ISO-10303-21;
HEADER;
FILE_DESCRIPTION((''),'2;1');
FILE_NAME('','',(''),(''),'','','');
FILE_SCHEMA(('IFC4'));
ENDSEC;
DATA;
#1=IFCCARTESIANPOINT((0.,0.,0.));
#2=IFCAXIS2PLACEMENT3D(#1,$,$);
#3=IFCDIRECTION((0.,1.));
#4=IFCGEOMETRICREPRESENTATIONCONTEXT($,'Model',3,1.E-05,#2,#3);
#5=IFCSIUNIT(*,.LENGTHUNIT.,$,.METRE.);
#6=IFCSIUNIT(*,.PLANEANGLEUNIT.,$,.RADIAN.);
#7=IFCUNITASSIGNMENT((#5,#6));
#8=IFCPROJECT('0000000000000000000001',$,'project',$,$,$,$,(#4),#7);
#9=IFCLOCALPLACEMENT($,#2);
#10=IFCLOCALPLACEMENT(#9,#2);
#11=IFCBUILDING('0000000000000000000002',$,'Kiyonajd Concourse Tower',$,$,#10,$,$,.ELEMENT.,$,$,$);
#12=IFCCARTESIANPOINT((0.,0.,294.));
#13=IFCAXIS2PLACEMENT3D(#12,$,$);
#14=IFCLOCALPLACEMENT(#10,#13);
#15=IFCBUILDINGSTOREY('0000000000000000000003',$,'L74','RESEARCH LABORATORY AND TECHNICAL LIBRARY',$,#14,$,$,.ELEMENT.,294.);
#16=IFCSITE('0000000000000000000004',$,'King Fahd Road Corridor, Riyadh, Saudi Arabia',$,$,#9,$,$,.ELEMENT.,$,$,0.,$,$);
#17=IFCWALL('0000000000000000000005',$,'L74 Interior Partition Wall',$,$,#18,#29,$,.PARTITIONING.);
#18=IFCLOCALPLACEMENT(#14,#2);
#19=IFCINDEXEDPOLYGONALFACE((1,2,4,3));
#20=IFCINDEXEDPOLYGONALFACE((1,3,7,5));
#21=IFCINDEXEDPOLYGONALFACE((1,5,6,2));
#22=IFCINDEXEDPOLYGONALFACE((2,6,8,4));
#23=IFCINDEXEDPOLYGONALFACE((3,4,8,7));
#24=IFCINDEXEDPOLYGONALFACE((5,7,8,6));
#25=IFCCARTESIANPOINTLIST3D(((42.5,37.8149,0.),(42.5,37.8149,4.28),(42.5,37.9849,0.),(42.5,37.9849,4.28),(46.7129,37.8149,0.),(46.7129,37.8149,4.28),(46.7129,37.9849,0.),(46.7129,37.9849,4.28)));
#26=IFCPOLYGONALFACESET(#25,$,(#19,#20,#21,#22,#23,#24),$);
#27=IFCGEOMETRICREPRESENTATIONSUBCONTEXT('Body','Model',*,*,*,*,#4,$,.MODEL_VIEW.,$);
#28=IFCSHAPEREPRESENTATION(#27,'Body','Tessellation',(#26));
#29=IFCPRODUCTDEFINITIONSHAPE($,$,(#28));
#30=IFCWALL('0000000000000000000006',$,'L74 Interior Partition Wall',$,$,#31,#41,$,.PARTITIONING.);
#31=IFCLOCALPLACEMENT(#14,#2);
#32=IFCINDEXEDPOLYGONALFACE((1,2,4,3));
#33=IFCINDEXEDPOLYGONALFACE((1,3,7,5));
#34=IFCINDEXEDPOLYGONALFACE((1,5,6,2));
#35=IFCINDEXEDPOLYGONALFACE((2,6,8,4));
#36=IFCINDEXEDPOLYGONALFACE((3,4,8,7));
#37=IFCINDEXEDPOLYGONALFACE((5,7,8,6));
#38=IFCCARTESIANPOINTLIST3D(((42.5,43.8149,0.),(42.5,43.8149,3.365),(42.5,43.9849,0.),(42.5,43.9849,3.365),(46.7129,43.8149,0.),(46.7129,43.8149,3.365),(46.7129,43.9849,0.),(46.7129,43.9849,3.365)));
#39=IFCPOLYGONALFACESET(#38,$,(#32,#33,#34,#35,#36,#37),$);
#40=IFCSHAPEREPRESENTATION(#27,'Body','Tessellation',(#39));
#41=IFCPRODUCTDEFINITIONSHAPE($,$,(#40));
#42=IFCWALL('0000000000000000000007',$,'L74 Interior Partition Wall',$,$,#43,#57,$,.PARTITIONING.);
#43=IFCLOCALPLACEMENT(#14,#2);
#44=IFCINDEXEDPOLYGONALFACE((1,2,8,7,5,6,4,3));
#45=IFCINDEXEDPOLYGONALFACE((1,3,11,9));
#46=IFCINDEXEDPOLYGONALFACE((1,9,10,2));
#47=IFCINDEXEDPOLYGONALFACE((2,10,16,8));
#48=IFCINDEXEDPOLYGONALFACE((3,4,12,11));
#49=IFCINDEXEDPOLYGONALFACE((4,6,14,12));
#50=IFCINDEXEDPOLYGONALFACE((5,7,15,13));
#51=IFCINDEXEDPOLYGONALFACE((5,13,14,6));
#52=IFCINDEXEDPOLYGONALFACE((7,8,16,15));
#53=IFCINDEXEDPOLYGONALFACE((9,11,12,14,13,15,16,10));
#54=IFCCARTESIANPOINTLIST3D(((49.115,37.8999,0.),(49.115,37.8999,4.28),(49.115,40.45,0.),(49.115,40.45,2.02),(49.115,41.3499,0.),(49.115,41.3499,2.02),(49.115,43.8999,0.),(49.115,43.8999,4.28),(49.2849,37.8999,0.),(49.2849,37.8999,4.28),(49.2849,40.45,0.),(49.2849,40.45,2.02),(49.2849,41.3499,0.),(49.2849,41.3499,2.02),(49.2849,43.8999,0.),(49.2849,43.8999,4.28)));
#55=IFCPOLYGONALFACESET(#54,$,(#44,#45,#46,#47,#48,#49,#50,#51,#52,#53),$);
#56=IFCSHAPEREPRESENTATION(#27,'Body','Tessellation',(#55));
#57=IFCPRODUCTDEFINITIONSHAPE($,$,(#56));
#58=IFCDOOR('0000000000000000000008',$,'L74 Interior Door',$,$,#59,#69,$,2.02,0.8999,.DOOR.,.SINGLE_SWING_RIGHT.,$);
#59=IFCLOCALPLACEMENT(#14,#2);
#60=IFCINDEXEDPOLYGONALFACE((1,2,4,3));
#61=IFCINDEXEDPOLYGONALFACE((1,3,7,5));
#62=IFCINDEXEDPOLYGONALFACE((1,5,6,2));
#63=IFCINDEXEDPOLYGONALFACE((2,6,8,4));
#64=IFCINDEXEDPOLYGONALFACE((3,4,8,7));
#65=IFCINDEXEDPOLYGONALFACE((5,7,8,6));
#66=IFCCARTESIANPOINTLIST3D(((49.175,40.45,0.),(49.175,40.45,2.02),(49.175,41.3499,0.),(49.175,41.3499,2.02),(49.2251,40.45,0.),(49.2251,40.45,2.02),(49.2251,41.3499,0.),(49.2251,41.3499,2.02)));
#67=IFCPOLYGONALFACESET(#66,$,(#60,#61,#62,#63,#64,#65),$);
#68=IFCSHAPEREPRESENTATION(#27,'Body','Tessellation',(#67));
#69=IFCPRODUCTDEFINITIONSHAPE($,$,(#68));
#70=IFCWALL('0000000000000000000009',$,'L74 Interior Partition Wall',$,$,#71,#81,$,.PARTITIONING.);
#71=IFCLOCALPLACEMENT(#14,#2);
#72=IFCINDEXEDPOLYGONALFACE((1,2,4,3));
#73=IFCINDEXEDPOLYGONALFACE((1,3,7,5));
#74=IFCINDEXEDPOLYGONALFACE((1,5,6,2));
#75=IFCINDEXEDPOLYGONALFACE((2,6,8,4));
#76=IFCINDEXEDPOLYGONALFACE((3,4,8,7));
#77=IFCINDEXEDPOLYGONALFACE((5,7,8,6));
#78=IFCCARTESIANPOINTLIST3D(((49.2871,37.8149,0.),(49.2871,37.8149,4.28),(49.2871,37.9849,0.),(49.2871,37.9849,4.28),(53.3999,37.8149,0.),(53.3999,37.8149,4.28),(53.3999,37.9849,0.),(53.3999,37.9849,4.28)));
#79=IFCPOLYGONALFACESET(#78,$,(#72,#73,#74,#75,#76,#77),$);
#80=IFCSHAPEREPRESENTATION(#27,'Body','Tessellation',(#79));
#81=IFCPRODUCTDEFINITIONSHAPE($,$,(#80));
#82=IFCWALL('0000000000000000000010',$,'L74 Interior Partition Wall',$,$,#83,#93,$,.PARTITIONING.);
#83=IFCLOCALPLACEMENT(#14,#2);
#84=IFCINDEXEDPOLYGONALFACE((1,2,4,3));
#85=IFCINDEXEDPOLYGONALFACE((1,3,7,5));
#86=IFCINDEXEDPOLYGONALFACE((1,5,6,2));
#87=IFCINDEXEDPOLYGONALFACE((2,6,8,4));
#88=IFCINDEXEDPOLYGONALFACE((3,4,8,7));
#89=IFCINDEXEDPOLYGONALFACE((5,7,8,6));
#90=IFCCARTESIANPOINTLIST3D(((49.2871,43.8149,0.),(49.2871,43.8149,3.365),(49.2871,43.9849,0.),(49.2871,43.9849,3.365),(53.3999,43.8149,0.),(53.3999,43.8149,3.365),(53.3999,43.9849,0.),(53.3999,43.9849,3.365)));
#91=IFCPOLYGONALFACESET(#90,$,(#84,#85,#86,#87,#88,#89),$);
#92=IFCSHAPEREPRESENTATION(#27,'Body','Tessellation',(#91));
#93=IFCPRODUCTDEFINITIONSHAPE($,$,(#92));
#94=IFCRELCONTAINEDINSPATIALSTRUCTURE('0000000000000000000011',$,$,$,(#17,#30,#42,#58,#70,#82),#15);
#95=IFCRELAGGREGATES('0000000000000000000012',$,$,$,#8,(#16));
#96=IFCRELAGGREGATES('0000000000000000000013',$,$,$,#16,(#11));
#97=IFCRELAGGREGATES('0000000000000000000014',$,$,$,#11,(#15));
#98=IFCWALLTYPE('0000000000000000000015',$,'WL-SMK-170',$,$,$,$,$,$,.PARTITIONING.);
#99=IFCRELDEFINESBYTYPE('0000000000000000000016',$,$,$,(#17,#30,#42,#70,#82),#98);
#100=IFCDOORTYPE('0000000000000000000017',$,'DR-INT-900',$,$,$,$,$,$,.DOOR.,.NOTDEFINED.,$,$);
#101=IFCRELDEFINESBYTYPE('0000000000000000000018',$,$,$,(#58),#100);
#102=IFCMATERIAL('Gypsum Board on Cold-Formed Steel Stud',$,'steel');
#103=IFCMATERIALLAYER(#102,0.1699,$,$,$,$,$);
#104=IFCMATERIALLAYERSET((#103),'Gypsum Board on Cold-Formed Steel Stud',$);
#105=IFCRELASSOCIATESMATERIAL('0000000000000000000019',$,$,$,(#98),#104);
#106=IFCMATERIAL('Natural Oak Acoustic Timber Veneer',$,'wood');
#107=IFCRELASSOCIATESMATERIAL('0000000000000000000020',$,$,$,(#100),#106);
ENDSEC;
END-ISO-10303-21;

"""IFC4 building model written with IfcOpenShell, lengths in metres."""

from ifc_helpers import new_model, si_unit, direction, frame, frame_2d, origin, place, context, subcontext, project, spatial, rectangle, extrude, material, layer, layer_set, type_object, element, fill, save


model = new_model("IFC4")

# Units and contexts
model_context = context("Model", 3, precision=1e-05, world=origin(), true_north=direction((0.0, 1.0)))
body_context = subcontext(model_context, "Body", "Model", "MODEL_VIEW")
ifc_project = project(units=[si_unit("LENGTHUNIT", "METRE"), si_unit("PLANEANGLEUNIT", "RADIAN")], contexts=[model_context])

# Site, building, storey
site_placement = place(None, origin())
site = spatial("IfcSite", under=ifc_project, at=site_placement, Name="King Fahd Road Corridor, Riyadh, Saudi Arabia", CompositionType="ELEMENT", RefElevation=0.0)
building_placement = place(site_placement, origin())
building = spatial("IfcBuilding", under=site, at=building_placement, Name="Kiyonajd Concourse Tower", CompositionType="ELEMENT")
storey_placement = place(building_placement, frame((0.0, 0.0, 294.0)))
storey = spatial("IfcBuildingStorey", under=building, at=storey_placement, Name="L74", Description="RESEARCH LABORATORY AND TECHNICAL LIBRARY", CompositionType="ELEMENT", Elevation=294.0)

# Shared definitions
ifc_material_1 = material(Name="Gypsum Board on Cold-Formed Steel Stud", Category="steel")

# Shared definitions
ifc_layer_1 = layer(ifc_material_1, 0.1699)
ifc_layer_set_1 = layer_set([ifc_layer_1], Name="Gypsum Board on Cold-Formed Steel Stud")
wall_type_1 = type_object("IfcWallType", Name="WL-SMK-170", PredefinedType="PARTITIONING", material=ifc_layer_set_1)

# Shared definitions
ifc_material_2 = material(Name="Natural Oak Acoustic Timber Veneer", Category="wood")
door_type_1 = type_object("IfcDoorType", Name="DR-INT-900", OperationType="NOTDEFINED", PredefinedType="DOOR", material=ifc_material_2)

# Walls
wall_1_placement = place(storey_placement, frame((42.5, 37.8999, 0.0), z_axis=(0.0, 0.0, 1.0), x_axis=(1.0, 0.0, 0.0)))
element("IfcWall", 1, at=wall_1_placement, inside=storey, type_object=wall_type_1, Name="L74 Interior Partition Wall", PredefinedType="PARTITIONING", context=body_context, shape_type="SweptSolid", body=[
    extrude(rectangle(XDim=4.2129, YDim=0.1699, at=frame_2d((2.1064, 0.0))), origin(), (0.0, 0.0, 1.0), 4.28),
])
wall_2_placement = place(storey_placement, frame((42.5, 43.8999, 0.0), z_axis=(0.0, 0.0, 1.0), x_axis=(1.0, 0.0, 0.0)))
element("IfcWall", 2, at=wall_2_placement, inside=storey, type_object=wall_type_1, Name="L74 Interior Partition Wall", PredefinedType="PARTITIONING", context=body_context, shape_type="SweptSolid", body=[
    extrude(rectangle(XDim=4.2129, YDim=0.1699, at=frame_2d((2.1064, 0.0))), origin(), (0.0, 0.0, 1.0), 3.365),
])

# Wall, opening, door
wall_3_placement = place(storey_placement, frame((49.2, 37.8999, 0.0), z_axis=(0.0, 0.0, 1.0), x_axis=(0.0, 1.0, 0.0)))
wall_3 = element("IfcWall", 3, at=wall_3_placement, inside=storey, type_object=wall_type_1, Name="L74 Interior Partition Wall", PredefinedType="PARTITIONING", context=body_context, shape_type="SweptSolid", body=[
    extrude(rectangle(XDim=6.0, YDim=0.1699, at=frame_2d((3.0, 0.0))), origin(), (0.0, 0.0, 1.0), 4.28),
])
opening_1_placement = place(wall_3_placement, frame((2.55, 0.0, 0.0)))
opening_1 = element("IfcOpeningElement", 4, at=opening_1_placement, cuts=wall_3, PredefinedType="OPENING", context=body_context, shape_type="SweptSolid", body=[
    extrude(rectangle(XDim=0.8999, YDim=2.02, at=frame_2d((0.45, 1.01))), frame((0.0, 0.095, 0.0), z_axis=(0.0, -1.0, 0.0), x_axis=(1.0, 0.0, 0.0)), (0.0, 0.0, 1.0), 0.1899),
])
door_1_placement = place(opening_1_placement, origin())
door_1 = element("IfcDoor", 5, at=door_1_placement, inside=storey, type_object=door_type_1, Name="L74 Interior Door", OperationType="SINGLE_SWING_RIGHT", OverallHeight=2.02, OverallWidth=0.8999, PredefinedType="DOOR", context=body_context, shape_type="SweptSolid", body=[
    extrude(rectangle(XDim=0.8999, YDim=2.02, at=frame_2d((0.45, 1.01))), frame((0.0, 0.0249, 0.0), z_axis=(0.0, -1.0, 0.0), x_axis=(1.0, 0.0, 0.0)), (0.0, 0.0, 1.0), 0.05),
])
fill(opening_1, door_1)

# Walls
wall_4_placement = place(storey_placement, frame((49.2871, 37.8999, 0.0), z_axis=(0.0, 0.0, 1.0), x_axis=(1.0, 0.0, 0.0)))
element("IfcWall", 6, at=wall_4_placement, inside=storey, type_object=wall_type_1, Name="L74 Interior Partition Wall", PredefinedType="PARTITIONING", context=body_context, shape_type="SweptSolid", body=[
    extrude(rectangle(XDim=4.1128, YDim=0.1699, at=frame_2d((2.0564, 0.0))), origin(), (0.0, 0.0, 1.0), 4.28),
])
wall_5_placement = place(storey_placement, frame((49.2871, 43.8999, 0.0), z_axis=(0.0, 0.0, 1.0), x_axis=(1.0, 0.0, 0.0)))
element("IfcWall", 7, at=wall_5_placement, inside=storey, type_object=wall_type_1, Name="L74 Interior Partition Wall", PredefinedType="PARTITIONING", context=body_context, shape_type="SweptSolid", body=[
    extrude(rectangle(XDim=4.1128, YDim=0.1699, at=frame_2d((2.0564, 0.0))), origin(), (0.0, 0.0, 1.0), 3.365),
])

save(model, "model.ifc")
